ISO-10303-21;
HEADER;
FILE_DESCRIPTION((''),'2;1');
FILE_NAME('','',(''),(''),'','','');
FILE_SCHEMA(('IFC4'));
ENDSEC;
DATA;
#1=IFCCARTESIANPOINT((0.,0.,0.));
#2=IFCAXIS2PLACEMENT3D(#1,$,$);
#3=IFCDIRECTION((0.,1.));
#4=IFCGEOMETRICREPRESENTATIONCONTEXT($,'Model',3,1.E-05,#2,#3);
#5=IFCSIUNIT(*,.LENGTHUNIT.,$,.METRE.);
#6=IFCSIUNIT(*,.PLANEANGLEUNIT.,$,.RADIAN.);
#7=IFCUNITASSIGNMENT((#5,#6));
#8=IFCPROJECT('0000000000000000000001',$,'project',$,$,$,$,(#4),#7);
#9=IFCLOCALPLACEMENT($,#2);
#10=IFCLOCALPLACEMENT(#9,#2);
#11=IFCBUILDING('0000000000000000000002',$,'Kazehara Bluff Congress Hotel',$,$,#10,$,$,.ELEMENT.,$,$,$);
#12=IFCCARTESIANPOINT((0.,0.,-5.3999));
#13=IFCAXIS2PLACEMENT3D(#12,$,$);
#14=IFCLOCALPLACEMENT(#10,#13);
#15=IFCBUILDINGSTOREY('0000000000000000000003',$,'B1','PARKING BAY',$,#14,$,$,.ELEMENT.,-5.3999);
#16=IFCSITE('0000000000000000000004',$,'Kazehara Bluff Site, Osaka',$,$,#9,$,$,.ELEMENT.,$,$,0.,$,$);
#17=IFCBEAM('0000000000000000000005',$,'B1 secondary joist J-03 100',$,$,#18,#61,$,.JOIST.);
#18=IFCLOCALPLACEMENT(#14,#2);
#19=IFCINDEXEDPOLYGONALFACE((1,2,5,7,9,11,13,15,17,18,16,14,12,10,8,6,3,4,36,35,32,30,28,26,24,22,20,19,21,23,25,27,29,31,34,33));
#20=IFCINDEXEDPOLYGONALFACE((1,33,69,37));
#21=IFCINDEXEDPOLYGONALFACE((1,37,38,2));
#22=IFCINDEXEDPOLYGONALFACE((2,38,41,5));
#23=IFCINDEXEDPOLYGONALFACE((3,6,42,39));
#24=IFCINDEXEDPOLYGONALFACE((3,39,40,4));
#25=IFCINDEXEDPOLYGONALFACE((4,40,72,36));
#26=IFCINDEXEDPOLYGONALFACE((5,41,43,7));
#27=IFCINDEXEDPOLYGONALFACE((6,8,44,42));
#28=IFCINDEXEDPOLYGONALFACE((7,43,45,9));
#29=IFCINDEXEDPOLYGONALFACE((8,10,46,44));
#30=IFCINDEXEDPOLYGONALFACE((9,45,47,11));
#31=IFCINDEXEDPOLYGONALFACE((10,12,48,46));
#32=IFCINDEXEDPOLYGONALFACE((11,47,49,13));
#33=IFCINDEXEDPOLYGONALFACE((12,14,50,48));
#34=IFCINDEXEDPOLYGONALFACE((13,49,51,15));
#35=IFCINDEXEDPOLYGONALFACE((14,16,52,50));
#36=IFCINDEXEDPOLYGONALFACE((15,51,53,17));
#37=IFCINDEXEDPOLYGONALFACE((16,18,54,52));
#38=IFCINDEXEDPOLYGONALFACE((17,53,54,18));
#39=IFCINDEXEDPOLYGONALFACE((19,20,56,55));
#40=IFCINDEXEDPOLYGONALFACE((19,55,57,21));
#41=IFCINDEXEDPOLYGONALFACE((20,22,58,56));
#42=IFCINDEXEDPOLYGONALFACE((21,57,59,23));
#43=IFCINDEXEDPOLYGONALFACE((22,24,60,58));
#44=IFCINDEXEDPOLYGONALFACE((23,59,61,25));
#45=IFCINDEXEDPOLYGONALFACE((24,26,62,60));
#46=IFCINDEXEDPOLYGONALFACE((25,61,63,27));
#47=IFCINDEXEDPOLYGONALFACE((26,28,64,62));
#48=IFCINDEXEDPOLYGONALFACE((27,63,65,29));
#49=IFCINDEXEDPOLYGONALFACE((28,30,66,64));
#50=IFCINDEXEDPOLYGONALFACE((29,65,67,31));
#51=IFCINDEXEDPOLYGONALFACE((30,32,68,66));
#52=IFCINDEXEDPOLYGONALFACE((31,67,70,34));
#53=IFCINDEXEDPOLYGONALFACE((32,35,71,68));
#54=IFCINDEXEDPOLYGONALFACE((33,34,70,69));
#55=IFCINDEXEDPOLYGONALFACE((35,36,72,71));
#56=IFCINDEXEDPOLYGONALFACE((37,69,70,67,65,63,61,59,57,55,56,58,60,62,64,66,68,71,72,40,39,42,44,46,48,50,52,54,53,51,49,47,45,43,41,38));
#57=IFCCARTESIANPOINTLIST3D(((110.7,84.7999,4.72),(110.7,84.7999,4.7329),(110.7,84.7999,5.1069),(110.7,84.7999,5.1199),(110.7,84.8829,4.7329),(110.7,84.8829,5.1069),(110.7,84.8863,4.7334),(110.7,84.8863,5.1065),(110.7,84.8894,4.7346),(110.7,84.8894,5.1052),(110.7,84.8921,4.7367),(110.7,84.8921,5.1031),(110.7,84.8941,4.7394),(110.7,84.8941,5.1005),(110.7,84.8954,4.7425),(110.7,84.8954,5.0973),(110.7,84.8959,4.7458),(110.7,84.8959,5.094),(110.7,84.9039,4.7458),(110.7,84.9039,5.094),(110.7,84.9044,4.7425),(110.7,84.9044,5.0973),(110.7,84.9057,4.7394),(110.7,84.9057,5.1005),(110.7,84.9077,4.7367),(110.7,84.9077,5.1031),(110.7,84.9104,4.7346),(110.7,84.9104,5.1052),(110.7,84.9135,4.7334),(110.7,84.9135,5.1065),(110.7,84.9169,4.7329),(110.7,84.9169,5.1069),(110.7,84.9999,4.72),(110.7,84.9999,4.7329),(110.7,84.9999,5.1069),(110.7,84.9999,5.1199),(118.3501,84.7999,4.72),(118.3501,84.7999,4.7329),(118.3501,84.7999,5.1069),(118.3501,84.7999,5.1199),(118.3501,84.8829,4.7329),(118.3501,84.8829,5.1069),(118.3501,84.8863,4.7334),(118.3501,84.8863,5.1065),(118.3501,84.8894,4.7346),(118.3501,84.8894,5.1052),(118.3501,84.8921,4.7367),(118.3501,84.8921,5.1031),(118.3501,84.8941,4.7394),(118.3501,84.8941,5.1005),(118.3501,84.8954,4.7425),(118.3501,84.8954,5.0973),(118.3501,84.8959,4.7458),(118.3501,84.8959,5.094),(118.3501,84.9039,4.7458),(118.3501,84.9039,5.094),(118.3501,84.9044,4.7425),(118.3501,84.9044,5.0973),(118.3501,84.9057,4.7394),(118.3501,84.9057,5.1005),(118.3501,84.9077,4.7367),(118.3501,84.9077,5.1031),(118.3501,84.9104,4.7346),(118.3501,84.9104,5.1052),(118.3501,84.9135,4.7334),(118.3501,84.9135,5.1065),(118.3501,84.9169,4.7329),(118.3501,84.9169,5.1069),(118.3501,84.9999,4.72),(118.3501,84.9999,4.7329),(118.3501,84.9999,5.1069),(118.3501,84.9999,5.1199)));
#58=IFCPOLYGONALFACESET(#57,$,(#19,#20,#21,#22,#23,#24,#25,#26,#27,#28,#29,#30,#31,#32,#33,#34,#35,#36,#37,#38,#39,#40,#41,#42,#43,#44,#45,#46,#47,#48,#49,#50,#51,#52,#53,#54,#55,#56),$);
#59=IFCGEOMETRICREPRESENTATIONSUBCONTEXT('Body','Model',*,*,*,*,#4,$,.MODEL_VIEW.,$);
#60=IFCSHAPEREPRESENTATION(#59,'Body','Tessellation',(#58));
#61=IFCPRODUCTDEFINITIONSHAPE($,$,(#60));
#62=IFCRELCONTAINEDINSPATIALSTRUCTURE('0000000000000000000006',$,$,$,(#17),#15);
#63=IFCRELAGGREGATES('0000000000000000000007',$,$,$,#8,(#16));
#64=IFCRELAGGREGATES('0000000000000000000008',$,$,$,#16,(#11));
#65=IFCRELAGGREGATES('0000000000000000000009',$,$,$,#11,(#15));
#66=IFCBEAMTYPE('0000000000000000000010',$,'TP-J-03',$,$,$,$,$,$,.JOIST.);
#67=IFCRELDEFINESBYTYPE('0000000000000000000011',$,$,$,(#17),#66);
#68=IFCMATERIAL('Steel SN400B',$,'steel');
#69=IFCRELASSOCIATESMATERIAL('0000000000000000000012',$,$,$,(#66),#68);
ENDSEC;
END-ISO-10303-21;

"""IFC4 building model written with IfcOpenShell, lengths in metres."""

from ifc_helpers import new_model, si_unit, direction, frame, origin, origin_2d, place, context, subcontext, project, spatial, i_section, extrude, material, material_profile, profile_set, type_object, element, save


model = new_model("IFC4")

# Units and contexts
model_context = context("Model", 3, precision=1e-05, world=origin(), true_north=direction((0.0, 1.0)))
body_context = subcontext(model_context, "Body", "Model", "MODEL_VIEW")
ifc_project = project(units=[si_unit("LENGTHUNIT", "METRE"), si_unit("PLANEANGLEUNIT", "RADIAN")], contexts=[model_context])

# Site, building, storey
site_placement = place(None, origin())
site = spatial("IfcSite", under=ifc_project, at=site_placement, Name="Kazehara Bluff Site, Osaka", CompositionType="ELEMENT", RefElevation=0.0)
building_placement = place(site_placement, origin())
building = spatial("IfcBuilding", under=site, at=building_placement, Name="Kazehara Bluff Congress Hotel", CompositionType="ELEMENT")
storey_placement = place(building_placement, frame((0.0, 0.0, -5.3999)))
storey = spatial("IfcBuildingStorey", under=building, at=storey_placement, Name="B1", Description="PARKING BAY", CompositionType="ELEMENT", Elevation=-5.3999)

# Beam
ifc_material_1 = material(Name="Steel SN400B", Category="steel")
ifc_material_profile_1 = material_profile(ifc_material_1, i_section(OverallWidth=0.2, OverallDepth=0.3999, WebThickness=0.0081, FlangeThickness=0.0129, FilletRadius=0.0129, at=origin_2d()))
ifc_profile_set_1 = profile_set([ifc_material_profile_1], Name="Steel SN400B")
beam_type_1 = type_object("IfcBeamType", Name="TP-J-03", PredefinedType="JOIST", material=ifc_profile_set_1)
for number, where, z_axis, x_axis, name in (
    (1, (110.7, 84.8999, 4.9199), (1.0, 0.0, 0.0), (0.0, 1.0, 0.0), "B1 secondary joist J-03 100"),
):
    element("IfcBeam", number, at=place(storey_placement, frame(where, z_axis=z_axis, x_axis=x_axis)), inside=storey, type_object=beam_type_1, Name=name, PredefinedType="JOIST", context=body_context, shape_type="SweptSolid", body=[
        extrude(i_section(OverallWidth=0.2, OverallDepth=0.3999, WebThickness=0.0081, FlangeThickness=0.0129, FilletRadius=0.0129, at=origin_2d()), origin(), (0.0, 0.0, 1.0), 7.6501),
    ])

save(model, "model.ifc")
